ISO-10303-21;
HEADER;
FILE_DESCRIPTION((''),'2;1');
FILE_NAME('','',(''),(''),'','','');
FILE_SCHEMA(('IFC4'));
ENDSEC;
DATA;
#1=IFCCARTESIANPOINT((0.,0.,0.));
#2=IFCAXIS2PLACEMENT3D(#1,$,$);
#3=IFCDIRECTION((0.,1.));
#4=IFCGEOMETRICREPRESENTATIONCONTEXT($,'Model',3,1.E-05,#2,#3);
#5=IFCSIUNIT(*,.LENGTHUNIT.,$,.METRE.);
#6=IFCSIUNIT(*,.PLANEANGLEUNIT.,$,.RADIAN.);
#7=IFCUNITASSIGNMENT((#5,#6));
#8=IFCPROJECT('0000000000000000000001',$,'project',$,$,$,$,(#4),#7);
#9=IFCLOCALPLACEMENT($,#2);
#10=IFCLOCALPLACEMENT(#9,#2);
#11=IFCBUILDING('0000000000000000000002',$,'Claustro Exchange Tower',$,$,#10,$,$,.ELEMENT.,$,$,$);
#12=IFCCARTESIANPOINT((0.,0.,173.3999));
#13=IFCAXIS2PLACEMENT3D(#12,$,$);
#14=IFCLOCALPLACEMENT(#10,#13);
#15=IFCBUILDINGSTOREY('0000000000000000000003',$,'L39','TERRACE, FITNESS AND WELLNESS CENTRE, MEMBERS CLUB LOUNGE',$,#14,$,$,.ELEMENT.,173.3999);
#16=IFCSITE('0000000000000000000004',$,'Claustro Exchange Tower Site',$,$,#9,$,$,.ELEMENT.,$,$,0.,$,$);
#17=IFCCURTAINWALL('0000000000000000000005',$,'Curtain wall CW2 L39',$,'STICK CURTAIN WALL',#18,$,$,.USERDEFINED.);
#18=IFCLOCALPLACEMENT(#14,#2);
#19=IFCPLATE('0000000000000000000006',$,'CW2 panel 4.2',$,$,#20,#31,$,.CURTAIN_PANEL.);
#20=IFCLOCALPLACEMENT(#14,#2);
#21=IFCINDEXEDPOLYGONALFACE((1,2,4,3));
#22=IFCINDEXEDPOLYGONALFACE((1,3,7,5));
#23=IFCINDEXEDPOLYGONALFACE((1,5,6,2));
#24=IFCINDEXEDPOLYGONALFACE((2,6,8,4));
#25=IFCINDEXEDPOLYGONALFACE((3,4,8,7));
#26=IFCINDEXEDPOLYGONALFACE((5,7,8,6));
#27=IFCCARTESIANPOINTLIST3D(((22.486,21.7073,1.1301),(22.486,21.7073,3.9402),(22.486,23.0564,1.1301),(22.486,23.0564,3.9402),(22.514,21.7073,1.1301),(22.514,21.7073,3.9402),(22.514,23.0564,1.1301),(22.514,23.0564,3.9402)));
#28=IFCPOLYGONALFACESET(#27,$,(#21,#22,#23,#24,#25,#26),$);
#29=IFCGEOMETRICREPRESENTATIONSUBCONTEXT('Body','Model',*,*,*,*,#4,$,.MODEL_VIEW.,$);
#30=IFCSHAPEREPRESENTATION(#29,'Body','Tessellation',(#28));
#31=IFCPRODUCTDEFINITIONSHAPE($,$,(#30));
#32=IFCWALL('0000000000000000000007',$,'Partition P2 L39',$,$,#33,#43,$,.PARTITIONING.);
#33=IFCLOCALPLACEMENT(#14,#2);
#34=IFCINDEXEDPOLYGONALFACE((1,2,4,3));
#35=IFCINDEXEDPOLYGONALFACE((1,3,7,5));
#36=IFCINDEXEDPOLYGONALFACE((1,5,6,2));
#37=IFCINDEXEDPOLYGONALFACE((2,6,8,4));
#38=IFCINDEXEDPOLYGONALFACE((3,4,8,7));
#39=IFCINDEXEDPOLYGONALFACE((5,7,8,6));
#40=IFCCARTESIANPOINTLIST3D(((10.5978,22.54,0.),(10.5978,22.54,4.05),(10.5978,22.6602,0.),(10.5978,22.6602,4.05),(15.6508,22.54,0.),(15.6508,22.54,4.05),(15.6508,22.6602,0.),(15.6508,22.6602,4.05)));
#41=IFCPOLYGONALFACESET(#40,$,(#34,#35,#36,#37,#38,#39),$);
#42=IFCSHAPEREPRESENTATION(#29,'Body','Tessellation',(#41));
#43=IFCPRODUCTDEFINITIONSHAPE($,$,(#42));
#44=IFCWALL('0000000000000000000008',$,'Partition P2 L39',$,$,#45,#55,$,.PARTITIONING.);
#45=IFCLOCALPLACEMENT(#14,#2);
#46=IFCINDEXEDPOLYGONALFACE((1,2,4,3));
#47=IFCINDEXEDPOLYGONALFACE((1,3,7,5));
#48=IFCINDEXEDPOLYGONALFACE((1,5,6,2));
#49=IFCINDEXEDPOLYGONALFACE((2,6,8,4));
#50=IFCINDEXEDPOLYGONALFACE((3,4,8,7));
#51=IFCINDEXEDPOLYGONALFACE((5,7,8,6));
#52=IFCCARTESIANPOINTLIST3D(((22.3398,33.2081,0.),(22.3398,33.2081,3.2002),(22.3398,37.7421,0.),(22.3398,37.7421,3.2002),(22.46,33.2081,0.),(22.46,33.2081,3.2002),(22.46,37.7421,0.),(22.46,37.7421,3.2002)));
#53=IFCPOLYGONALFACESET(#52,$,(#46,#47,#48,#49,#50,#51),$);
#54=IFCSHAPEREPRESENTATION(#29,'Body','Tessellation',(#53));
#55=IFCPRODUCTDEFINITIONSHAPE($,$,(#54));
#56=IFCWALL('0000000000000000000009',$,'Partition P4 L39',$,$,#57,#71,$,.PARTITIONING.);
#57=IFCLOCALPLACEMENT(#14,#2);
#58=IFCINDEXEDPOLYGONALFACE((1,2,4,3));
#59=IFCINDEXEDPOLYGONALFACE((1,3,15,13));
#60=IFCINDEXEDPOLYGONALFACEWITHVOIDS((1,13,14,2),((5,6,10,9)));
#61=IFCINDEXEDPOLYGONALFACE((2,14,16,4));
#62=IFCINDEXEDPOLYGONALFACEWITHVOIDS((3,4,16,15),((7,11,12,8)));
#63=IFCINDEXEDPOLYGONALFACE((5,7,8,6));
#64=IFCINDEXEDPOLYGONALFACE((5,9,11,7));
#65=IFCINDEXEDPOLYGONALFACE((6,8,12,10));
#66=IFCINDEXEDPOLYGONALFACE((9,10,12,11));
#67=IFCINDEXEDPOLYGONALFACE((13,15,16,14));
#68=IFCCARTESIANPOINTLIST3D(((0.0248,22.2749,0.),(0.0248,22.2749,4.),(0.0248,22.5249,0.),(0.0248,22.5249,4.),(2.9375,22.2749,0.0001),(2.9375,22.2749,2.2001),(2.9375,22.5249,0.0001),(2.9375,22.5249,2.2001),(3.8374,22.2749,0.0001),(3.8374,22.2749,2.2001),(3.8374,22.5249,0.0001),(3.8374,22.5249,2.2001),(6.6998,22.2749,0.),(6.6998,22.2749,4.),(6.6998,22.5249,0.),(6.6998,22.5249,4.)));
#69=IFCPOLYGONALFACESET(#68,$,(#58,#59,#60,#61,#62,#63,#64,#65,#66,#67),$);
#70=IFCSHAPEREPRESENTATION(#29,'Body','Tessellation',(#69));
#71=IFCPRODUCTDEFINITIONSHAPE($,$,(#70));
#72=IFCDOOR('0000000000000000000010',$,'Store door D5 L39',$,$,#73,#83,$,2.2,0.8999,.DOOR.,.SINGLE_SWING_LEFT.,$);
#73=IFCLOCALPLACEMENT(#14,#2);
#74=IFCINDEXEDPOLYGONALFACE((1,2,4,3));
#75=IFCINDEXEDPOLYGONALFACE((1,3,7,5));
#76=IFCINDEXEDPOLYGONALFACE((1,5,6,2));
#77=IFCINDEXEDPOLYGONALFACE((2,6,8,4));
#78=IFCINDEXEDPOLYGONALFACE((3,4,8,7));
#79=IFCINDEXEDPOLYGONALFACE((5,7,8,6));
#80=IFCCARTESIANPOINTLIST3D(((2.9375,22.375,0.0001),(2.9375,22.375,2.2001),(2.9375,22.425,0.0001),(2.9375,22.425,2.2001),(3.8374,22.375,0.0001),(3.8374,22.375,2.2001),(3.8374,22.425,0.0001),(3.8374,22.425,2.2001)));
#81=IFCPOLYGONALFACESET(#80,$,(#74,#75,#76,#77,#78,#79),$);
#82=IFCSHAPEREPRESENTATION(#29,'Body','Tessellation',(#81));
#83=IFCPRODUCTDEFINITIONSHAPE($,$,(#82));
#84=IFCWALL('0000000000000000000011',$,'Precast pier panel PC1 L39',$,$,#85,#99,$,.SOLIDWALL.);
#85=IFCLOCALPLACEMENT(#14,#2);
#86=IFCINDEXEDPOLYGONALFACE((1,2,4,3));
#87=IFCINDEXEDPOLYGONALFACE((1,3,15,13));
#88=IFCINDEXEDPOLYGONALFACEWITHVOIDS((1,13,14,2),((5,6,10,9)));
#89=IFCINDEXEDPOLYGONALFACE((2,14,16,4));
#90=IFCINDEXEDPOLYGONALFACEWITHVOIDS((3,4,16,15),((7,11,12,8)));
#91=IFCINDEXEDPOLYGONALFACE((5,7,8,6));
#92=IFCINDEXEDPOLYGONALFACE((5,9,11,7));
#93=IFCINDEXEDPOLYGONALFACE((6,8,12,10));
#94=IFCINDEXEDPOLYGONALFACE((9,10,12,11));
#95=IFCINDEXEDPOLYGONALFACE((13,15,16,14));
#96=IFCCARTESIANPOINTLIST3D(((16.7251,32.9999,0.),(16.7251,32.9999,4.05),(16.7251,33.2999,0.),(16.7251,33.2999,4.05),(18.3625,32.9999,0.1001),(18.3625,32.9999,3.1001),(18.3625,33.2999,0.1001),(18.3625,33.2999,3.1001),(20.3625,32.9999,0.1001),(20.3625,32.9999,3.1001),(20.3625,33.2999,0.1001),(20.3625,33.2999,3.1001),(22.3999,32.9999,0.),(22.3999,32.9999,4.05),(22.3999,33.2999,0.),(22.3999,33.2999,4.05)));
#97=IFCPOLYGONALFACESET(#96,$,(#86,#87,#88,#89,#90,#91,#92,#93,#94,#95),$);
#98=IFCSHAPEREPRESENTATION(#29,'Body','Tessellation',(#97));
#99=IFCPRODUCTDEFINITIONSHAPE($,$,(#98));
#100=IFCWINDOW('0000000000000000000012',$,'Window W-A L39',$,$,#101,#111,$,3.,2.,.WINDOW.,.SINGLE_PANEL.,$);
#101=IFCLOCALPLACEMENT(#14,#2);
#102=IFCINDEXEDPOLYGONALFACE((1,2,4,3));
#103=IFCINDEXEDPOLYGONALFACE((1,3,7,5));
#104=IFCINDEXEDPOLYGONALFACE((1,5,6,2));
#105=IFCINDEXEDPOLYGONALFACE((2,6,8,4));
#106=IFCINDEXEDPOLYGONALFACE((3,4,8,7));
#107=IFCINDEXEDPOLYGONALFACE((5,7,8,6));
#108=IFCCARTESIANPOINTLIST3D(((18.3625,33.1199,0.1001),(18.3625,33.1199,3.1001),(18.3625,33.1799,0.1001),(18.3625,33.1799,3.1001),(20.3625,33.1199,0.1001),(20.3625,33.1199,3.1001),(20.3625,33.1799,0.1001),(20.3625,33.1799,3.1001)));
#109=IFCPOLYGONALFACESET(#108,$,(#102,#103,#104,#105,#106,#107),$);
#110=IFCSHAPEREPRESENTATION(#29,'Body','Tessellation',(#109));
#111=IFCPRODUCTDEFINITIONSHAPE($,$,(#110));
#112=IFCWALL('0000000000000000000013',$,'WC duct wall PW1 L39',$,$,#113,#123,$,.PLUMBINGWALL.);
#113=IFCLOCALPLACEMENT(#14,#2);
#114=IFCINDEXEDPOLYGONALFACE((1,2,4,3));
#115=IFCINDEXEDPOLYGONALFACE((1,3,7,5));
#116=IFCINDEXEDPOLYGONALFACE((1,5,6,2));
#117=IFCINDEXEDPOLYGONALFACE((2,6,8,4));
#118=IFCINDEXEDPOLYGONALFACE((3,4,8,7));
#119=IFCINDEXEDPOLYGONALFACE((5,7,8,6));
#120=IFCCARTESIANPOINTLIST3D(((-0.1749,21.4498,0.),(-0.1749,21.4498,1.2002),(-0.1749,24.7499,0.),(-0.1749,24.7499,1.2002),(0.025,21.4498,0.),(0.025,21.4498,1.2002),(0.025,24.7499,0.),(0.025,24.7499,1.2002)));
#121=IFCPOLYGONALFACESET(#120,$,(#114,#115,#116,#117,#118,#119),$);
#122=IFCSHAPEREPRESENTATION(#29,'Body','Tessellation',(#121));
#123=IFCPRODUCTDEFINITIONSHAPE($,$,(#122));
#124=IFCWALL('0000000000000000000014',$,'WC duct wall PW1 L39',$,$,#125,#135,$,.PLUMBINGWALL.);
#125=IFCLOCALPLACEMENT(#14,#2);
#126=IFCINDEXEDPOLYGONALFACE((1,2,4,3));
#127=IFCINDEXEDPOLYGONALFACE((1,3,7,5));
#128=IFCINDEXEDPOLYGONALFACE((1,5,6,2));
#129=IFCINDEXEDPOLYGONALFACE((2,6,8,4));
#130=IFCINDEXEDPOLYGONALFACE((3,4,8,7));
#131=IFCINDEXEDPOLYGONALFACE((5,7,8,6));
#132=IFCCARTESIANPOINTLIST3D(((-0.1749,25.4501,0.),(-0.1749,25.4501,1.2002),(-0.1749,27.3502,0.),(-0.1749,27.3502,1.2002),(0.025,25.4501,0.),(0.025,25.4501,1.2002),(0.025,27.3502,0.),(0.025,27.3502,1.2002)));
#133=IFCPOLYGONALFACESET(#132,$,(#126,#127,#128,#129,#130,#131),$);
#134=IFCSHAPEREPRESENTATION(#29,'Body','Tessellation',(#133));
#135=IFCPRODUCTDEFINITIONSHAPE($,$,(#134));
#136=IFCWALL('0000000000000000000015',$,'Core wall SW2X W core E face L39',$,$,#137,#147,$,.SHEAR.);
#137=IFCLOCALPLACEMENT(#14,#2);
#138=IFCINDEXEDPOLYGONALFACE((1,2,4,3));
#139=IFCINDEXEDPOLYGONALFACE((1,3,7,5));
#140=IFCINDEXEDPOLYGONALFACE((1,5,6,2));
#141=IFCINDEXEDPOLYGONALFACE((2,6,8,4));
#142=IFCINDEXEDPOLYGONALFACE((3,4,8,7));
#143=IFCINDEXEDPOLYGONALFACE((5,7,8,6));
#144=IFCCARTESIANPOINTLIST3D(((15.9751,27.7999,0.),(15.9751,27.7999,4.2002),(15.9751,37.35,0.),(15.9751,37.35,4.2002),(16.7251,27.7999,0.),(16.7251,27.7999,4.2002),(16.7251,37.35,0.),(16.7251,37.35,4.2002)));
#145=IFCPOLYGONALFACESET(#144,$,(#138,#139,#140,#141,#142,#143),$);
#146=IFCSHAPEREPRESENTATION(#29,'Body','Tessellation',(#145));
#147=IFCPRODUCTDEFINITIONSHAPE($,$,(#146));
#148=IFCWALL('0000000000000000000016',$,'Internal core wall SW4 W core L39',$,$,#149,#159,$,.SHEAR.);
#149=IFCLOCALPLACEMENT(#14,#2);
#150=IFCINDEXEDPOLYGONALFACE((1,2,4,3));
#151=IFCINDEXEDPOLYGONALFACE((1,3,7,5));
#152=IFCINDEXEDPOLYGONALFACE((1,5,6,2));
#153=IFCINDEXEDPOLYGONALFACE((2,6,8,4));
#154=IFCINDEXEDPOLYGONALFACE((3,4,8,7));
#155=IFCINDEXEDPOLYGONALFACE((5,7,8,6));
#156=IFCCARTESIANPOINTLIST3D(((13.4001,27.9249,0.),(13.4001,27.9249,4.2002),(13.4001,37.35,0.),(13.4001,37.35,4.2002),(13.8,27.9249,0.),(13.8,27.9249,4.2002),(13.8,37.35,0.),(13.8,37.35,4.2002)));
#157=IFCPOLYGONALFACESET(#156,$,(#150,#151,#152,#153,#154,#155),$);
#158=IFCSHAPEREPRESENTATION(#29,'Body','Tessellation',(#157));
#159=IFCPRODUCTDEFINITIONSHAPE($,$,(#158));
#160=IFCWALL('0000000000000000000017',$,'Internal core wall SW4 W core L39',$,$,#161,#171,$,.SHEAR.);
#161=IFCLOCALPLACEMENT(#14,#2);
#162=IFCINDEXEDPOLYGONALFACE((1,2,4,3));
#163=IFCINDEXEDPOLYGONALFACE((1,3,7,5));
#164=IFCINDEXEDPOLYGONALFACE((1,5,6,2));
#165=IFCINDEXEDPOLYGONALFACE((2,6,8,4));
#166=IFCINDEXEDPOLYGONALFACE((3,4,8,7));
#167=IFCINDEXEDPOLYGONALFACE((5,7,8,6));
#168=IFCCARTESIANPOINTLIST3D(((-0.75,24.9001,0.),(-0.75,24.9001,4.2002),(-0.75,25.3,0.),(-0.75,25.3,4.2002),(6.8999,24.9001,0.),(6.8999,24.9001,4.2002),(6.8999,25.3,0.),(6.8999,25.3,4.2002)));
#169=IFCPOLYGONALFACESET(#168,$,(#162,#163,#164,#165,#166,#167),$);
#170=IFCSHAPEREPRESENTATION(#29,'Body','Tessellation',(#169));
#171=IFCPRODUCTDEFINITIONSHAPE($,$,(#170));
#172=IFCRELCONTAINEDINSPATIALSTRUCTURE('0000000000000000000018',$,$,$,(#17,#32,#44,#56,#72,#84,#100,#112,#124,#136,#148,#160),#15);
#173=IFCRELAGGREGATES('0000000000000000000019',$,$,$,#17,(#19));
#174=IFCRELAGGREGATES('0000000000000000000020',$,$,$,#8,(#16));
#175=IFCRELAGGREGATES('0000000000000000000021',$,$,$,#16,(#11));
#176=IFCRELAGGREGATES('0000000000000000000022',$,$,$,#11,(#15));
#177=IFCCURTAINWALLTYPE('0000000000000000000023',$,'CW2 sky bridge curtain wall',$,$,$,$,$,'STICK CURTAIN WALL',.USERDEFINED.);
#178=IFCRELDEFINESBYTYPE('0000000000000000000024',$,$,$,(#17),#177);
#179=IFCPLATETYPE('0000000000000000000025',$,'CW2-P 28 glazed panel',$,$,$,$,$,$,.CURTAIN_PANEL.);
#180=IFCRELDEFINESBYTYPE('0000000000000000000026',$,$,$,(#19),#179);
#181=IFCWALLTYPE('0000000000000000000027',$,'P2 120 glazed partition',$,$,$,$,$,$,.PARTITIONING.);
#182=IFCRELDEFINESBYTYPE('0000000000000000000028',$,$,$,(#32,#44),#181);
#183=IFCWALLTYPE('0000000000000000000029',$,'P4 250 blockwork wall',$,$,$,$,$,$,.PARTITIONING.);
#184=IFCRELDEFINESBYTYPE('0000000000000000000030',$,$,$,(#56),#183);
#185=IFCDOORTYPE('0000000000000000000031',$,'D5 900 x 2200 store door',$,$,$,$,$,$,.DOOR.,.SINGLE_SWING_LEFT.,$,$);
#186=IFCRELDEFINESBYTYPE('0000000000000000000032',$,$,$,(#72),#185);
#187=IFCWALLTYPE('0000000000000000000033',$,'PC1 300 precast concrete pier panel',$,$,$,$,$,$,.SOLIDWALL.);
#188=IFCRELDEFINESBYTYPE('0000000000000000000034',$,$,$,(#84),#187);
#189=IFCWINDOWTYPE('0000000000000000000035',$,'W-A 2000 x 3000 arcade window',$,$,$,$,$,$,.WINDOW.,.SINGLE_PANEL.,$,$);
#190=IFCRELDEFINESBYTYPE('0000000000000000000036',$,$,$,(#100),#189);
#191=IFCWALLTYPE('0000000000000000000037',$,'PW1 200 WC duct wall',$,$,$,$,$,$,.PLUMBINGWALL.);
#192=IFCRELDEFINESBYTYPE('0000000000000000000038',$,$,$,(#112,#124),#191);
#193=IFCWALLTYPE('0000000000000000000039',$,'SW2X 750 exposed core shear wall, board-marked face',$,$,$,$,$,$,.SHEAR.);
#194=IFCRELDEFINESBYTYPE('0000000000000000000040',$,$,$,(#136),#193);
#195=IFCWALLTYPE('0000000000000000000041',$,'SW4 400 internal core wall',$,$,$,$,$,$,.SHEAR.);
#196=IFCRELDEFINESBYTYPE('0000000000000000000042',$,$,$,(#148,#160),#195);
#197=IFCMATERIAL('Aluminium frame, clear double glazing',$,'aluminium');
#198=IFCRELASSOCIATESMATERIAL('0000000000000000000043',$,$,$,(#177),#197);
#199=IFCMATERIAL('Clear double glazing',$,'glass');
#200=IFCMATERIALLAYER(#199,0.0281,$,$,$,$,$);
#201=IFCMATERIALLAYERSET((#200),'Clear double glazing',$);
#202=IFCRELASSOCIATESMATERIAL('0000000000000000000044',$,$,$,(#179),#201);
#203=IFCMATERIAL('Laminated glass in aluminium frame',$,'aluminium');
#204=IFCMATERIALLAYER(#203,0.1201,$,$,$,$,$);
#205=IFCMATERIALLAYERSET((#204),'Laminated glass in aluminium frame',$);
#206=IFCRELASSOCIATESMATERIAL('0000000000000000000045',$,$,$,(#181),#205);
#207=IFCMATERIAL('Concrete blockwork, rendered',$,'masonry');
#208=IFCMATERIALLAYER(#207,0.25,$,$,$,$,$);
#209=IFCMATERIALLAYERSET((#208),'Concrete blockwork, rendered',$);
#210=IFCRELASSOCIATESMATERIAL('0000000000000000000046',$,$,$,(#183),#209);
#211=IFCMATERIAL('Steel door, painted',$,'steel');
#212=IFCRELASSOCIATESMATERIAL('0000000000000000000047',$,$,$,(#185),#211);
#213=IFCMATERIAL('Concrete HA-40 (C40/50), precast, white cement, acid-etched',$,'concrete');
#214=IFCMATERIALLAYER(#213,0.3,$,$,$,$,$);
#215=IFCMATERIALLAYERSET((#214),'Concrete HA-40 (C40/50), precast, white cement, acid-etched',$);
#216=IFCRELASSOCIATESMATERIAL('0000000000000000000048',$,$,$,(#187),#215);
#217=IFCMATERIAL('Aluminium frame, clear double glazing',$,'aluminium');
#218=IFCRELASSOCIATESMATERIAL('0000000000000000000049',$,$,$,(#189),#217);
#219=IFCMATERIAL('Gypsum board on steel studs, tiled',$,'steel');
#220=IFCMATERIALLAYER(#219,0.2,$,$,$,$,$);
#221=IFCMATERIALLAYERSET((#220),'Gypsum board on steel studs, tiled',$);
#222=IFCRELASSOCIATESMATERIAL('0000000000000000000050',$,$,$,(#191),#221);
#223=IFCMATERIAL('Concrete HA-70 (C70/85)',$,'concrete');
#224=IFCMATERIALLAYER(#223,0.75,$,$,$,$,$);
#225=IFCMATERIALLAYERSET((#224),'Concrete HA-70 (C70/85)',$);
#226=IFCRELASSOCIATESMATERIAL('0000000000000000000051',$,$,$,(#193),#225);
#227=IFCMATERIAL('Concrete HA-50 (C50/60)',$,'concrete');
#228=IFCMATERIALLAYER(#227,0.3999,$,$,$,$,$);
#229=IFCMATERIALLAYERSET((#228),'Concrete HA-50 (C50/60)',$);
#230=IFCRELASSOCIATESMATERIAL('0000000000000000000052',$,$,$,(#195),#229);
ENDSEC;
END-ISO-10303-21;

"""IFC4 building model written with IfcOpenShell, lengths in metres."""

from ifc_helpers import new_model, si_unit, direction, frame, frame_2d, origin, origin_2d, place, context, subcontext, project, spatial, rectangle, extrude, material, layer, layer_set, type_object, element, fill, aggregate, save


model = new_model("IFC4")

# Units and contexts
model_context = context("Model", 3, precision=1e-05, world=origin(), true_north=direction((0.0, 1.0)))
body_context = subcontext(model_context, "Body", "Model", "MODEL_VIEW")
ifc_project = project(units=[si_unit("LENGTHUNIT", "METRE"), si_unit("PLANEANGLEUNIT", "RADIAN")], contexts=[model_context])

# Site, building, storey
site_placement = place(None, origin())
site = spatial("IfcSite", under=ifc_project, at=site_placement, Name="Claustro Exchange Tower Site", CompositionType="ELEMENT", RefElevation=0.0)
building_placement = place(site_placement, origin())
building = spatial("IfcBuilding", under=site, at=building_placement, Name="Claustro Exchange Tower", CompositionType="ELEMENT")
storey_placement = place(building_placement, frame((0.0, 0.0, 173.3999)))
storey = spatial("IfcBuildingStorey", under=building, at=storey_placement, Name="L39", Description="TERRACE, FITNESS AND WELLNESS CENTRE, MEMBERS CLUB LOUNGE", CompositionType="ELEMENT", Elevation=173.3999)

# Curtain wall, plate
ifc_material_1 = material(Name="Aluminium frame, clear double glazing", Category="aluminium")
curtain_wall_type = type_object("IfcCurtainWallType", Name="CW2 sky bridge curtain wall", ElementType="STICK CURTAIN WALL", PredefinedType="USERDEFINED", material=ifc_material_1)
curtain_wall_placement = place(storey_placement, origin())
curtain_wall = element("IfcCurtainWall", 1, at=curtain_wall_placement, inside=storey, type_object=curtain_wall_type, Name="Curtain wall CW2 L39", ObjectType="STICK CURTAIN WALL", PredefinedType="USERDEFINED")
ifc_material_2 = material(Name="Clear double glazing", Category="glass")
ifc_layer_1 = layer(ifc_material_2, 0.0281)
ifc_layer_set_1 = layer_set([ifc_layer_1], Name="Clear double glazing")
plate_type = type_object("IfcPlateType", Name="CW2-P 28 glazed panel", PredefinedType="CURTAIN_PANEL", material=ifc_layer_set_1)
plate_1_placement = place(storey_placement, frame((22.5, 22.3818, 1.1301), z_axis=(0.0, 0.0, 1.0), x_axis=(0.0, 1.0, 0.0)))
plate_1 = element("IfcPlate", 2, at=plate_1_placement, type_object=plate_type, Name="CW2 panel 4.2", PredefinedType="CURTAIN_PANEL", context=body_context, shape_type="SweptSolid", body=[
    extrude(rectangle(XDim=1.3491, YDim=0.0281, at=origin_2d()), origin(), (0.0, 0.0, 1.0), 2.8101),
])
aggregate(curtain_wall, [plate_1])

# Walls
ifc_material_3 = material(Name="Laminated glass in aluminium frame", Category="aluminium")
ifc_layer_2 = layer(ifc_material_3, 0.1201)
ifc_layer_set_2 = layer_set([ifc_layer_2], Name="Laminated glass in aluminium frame")
wall_type_1 = type_object("IfcWallType", Name="P2 120 glazed partition", PredefinedType="PARTITIONING", material=ifc_layer_set_2)
wall_1_placement = place(storey_placement, frame((10.5979, 22.6001, 0.0), z_axis=(0.0, 0.0, 1.0), x_axis=(1.0, 0.0, 0.0)))
element("IfcWall", 3, at=wall_1_placement, inside=storey, type_object=wall_type_1, Name="Partition P2 L39", PredefinedType="PARTITIONING", context=body_context, shape_type="SweptSolid", body=[
    extrude(rectangle(XDim=5.053, YDim=0.1201, at=frame_2d((2.5264, 0.0))), origin(), (0.0, 0.0, 1.0), 4.05),
])
wall_2_placement = place(storey_placement, frame((22.3999, 33.208, 0.0), z_axis=(0.0, 0.0, 1.0), x_axis=(0.0, 1.0, 0.0)))
element("IfcWall", 4, at=wall_2_placement, inside=storey, type_object=wall_type_1, Name="Partition P2 L39", PredefinedType="PARTITIONING", context=body_context, shape_type="SweptSolid", body=[
    extrude(rectangle(XDim=4.5339, YDim=0.1201, at=frame_2d((2.2671, 0.0))), origin(), (0.0, 0.0, 1.0), 3.2002),
])

# Wall, opening, door
ifc_material_4 = material(Name="Concrete blockwork, rendered", Category="masonry")
ifc_layer_3 = layer(ifc_material_4, 0.25)
ifc_layer_set_3 = layer_set([ifc_layer_3], Name="Concrete blockwork, rendered")
wall_type_2 = type_object("IfcWallType", Name="P4 250 blockwork wall", PredefinedType="PARTITIONING", material=ifc_layer_set_3)
wall_3_placement = place(storey_placement, frame((0.0249, 22.3999, 0.0), z_axis=(0.0, 0.0, 1.0), x_axis=(1.0, 0.0, 0.0)))
wall_3 = element("IfcWall", 5, at=wall_3_placement, inside=storey, type_object=wall_type_2, Name="Partition P4 L39", PredefinedType="PARTITIONING", context=body_context, shape_type="SweptSolid", body=[
    extrude(rectangle(XDim=6.675, YDim=0.25, at=frame_2d((3.3374, 0.0))), origin(), (0.0, 0.0, 1.0), 4.0),
])
opening_1_placement = place(wall_3_placement, frame((2.9126, 0.0, 0.0)))
opening_1 = element("IfcOpeningElement", 6, at=opening_1_placement, cuts=wall_3, PredefinedType="OPENING", context=body_context, shape_type="SweptSolid", body=[
    extrude(rectangle(XDim=0.8999, YDim=2.2, at=frame_2d((0.45, 1.1001))), frame((0.0, 0.135, 0.0), z_axis=(0.0, -1.0, 0.0), x_axis=(1.0, 0.0, 0.0)), (0.0, 0.0, 1.0), 0.27),
])
ifc_material_5 = material(Name="Steel door, painted", Category="steel")
door_type_1 = type_object("IfcDoorType", Name="D5 900 x 2200 store door", OperationType="SINGLE_SWING_LEFT", PredefinedType="DOOR", material=ifc_material_5)
door_1_placement = place(opening_1_placement, frame((0.8999, 0.0, 0.0), z_axis=(0.0, 0.0, 1.0), x_axis=(-1.0, 0.0, 0.0)))
door_1 = element("IfcDoor", 7, at=door_1_placement, inside=storey, type_object=door_type_1, Name="Store door D5 L39", OperationType="SINGLE_SWING_LEFT", OverallHeight=2.2, OverallWidth=0.8999, PredefinedType="DOOR", context=body_context, shape_type="SweptSolid", body=[
    extrude(rectangle(XDim=0.8999, YDim=2.2, at=frame_2d((0.45, 1.1001))), frame((0.0, 0.0249, 0.0), z_axis=(0.0, -1.0, 0.0), x_axis=(1.0, 0.0, 0.0)), (0.0, 0.0, 1.0), 0.05),
])
fill(opening_1, door_1)

# Wall, opening, window
ifc_material_6 = material(Name="Concrete HA-40 (C40/50), precast, white cement, acid-etched", Category="concrete")
ifc_layer_4 = layer(ifc_material_6, 0.3)
ifc_layer_set_4 = layer_set([ifc_layer_4], Name="Concrete HA-40 (C40/50), precast, white cement, acid-etched")
wall_type_3 = type_object("IfcWallType", Name="PC1 300 precast concrete pier panel", PredefinedType="SOLIDWALL", material=ifc_layer_set_4)
wall_4_placement = place(storey_placement, frame((16.7251, 33.1499, 0.0), z_axis=(0.0, 0.0, 1.0), x_axis=(1.0, 0.0, 0.0)))
wall_4 = element("IfcWall", 8, at=wall_4_placement, inside=storey, type_object=wall_type_3, Name="Precast pier panel PC1 L39", PredefinedType="SOLIDWALL", context=body_context, shape_type="SweptSolid", body=[
    extrude(rectangle(XDim=5.6748, YDim=0.3, at=frame_2d((2.8374, 0.0))), origin(), (0.0, 0.0, 1.0), 4.05),
])
opening_2_placement = place(wall_4_placement, frame((1.6375, 0.0, 0.1001)))
opening_2 = element("IfcOpeningElement", 9, at=opening_2_placement, cuts=wall_4, PredefinedType="OPENING", context=body_context, shape_type="SweptSolid", body=[
    extrude(rectangle(XDim=2.0, YDim=3.0, at=frame_2d((1.0, 1.5))), frame((0.0, 0.1599, 0.0), z_axis=(0.0, -1.0, 0.0), x_axis=(1.0, 0.0, 0.0)), (0.0, 0.0, 1.0), 0.3201),
])
ifc_material_7 = material(Name="Aluminium frame, clear double glazing", Category="aluminium")
window_type = type_object("IfcWindowType", Name="W-A 2000 x 3000 arcade window", PartitioningType="SINGLE_PANEL", PredefinedType="WINDOW", material=ifc_material_7)
window_placement = place(opening_2_placement, origin())
window = element("IfcWindow", 10, at=window_placement, inside=storey, type_object=window_type, Name="Window W-A L39", OverallHeight=3.0, OverallWidth=2.0, PartitioningType="SINGLE_PANEL", PredefinedType="WINDOW", context=body_context, shape_type="SweptSolid", body=[
    extrude(rectangle(XDim=2.0, YDim=3.0, at=frame_2d((1.0, 1.5))), frame((0.0, 0.03, 0.0), z_axis=(0.0, -1.0, 0.0), x_axis=(1.0, 0.0, 0.0)), (0.0, 0.0, 1.0), 0.0601),
])
fill(opening_2, window)

# Walls
ifc_material_8 = material(Name="Gypsum board on steel studs, tiled", Category="steel")
ifc_layer_5 = layer(ifc_material_8, 0.2)
ifc_layer_set_5 = layer_set([ifc_layer_5], Name="Gypsum board on steel studs, tiled")
wall_type_4 = type_object("IfcWallType", Name="PW1 200 WC duct wall", PredefinedType="PLUMBINGWALL", material=ifc_layer_set_5)
wall_5_placement = place(storey_placement, frame((-0.075, 21.45, 0.0), z_axis=(0.0, 0.0, 1.0), x_axis=(0.0, 1.0, 0.0)))
element("IfcWall", 11, at=wall_5_placement, inside=storey, type_object=wall_type_4, Name="WC duct wall PW1 L39", PredefinedType="PLUMBINGWALL", context=body_context, shape_type="SweptSolid", body=[
    extrude(rectangle(XDim=3.3, YDim=0.2, at=frame_2d((1.6499, 0.0))), origin(), (0.0, 0.0, 1.0), 1.2002),
])
wall_6_placement = place(storey_placement, frame((-0.075, 25.45, 0.0), z_axis=(0.0, 0.0, 1.0), x_axis=(0.0, 1.0, 0.0)))
element("IfcWall", 12, at=wall_6_placement, inside=storey, type_object=wall_type_4, Name="WC duct wall PW1 L39", PredefinedType="PLUMBINGWALL", context=body_context, shape_type="SweptSolid", body=[
    extrude(rectangle(XDim=1.9001, YDim=0.2, at=frame_2d((0.9502, 0.0))), origin(), (0.0, 0.0, 1.0), 1.2002),
])
ifc_material_9 = material(Name="Concrete HA-70 (C70/85)", Category="concrete")
ifc_layer_6 = layer(ifc_material_9, 0.75)
ifc_layer_set_6 = layer_set([ifc_layer_6], Name="Concrete HA-70 (C70/85)")
wall_type_5 = type_object("IfcWallType", Name="SW2X 750 exposed core shear wall, board-marked face", PredefinedType="SHEAR", material=ifc_layer_set_6)
wall_7_placement = place(storey_placement, frame((16.3501, 27.8, 0.0), z_axis=(0.0, 0.0, 1.0), x_axis=(0.0, 1.0, 0.0)))
element("IfcWall", 13, at=wall_7_placement, inside=storey, type_object=wall_type_5, Name="Core wall SW2X W core E face L39", PredefinedType="SHEAR", context=body_context, shape_type="SweptSolid", body=[
    extrude(rectangle(XDim=9.55, YDim=0.75, at=frame_2d((4.7749, 0.0))), origin(), (0.0, 0.0, 1.0), 4.2002),
])
ifc_material_10 = material(Name="Concrete HA-50 (C50/60)", Category="concrete")
ifc_layer_7 = layer(ifc_material_10, 0.3999)
ifc_layer_set_7 = layer_set([ifc_layer_7], Name="Concrete HA-50 (C50/60)")
wall_type_6 = type_object("IfcWallType", Name="SW4 400 internal core wall", PredefinedType="SHEAR", material=ifc_layer_set_7)
wall_8_placement = place(storey_placement, frame((13.6001, 27.925, 0.0), z_axis=(0.0, 0.0, 1.0), x_axis=(0.0, 1.0, 0.0)))
element("IfcWall", 14, at=wall_8_placement, inside=storey, type_object=wall_type_6, Name="Internal core wall SW4 W core L39", PredefinedType="SHEAR", context=body_context, shape_type="SweptSolid", body=[
    extrude(rectangle(XDim=9.425, YDim=0.3999, at=frame_2d((4.7124, 0.0))), origin(), (0.0, 0.0, 1.0), 4.2002),
])
for number, where, z_axis, x_axis, name in (
    (15, (-0.75, 25.1001, 0.0), (0.0, 0.0, 1.0), (1.0, 0.0, 0.0), "Internal core wall SW4 W core L39"),
):
    element("IfcWall", number, at=place(storey_placement, frame(where, z_axis=z_axis, x_axis=x_axis)), inside=storey, type_object=wall_type_6, Name=name, PredefinedType="SHEAR", context=body_context, shape_type="SweptSolid", body=[
        extrude(rectangle(XDim=7.6499, YDim=0.3999, at=frame_2d((3.825, 0.0))), origin(), (0.0, 0.0, 1.0), 4.2002),
    ])

save(model, "model.ifc")
